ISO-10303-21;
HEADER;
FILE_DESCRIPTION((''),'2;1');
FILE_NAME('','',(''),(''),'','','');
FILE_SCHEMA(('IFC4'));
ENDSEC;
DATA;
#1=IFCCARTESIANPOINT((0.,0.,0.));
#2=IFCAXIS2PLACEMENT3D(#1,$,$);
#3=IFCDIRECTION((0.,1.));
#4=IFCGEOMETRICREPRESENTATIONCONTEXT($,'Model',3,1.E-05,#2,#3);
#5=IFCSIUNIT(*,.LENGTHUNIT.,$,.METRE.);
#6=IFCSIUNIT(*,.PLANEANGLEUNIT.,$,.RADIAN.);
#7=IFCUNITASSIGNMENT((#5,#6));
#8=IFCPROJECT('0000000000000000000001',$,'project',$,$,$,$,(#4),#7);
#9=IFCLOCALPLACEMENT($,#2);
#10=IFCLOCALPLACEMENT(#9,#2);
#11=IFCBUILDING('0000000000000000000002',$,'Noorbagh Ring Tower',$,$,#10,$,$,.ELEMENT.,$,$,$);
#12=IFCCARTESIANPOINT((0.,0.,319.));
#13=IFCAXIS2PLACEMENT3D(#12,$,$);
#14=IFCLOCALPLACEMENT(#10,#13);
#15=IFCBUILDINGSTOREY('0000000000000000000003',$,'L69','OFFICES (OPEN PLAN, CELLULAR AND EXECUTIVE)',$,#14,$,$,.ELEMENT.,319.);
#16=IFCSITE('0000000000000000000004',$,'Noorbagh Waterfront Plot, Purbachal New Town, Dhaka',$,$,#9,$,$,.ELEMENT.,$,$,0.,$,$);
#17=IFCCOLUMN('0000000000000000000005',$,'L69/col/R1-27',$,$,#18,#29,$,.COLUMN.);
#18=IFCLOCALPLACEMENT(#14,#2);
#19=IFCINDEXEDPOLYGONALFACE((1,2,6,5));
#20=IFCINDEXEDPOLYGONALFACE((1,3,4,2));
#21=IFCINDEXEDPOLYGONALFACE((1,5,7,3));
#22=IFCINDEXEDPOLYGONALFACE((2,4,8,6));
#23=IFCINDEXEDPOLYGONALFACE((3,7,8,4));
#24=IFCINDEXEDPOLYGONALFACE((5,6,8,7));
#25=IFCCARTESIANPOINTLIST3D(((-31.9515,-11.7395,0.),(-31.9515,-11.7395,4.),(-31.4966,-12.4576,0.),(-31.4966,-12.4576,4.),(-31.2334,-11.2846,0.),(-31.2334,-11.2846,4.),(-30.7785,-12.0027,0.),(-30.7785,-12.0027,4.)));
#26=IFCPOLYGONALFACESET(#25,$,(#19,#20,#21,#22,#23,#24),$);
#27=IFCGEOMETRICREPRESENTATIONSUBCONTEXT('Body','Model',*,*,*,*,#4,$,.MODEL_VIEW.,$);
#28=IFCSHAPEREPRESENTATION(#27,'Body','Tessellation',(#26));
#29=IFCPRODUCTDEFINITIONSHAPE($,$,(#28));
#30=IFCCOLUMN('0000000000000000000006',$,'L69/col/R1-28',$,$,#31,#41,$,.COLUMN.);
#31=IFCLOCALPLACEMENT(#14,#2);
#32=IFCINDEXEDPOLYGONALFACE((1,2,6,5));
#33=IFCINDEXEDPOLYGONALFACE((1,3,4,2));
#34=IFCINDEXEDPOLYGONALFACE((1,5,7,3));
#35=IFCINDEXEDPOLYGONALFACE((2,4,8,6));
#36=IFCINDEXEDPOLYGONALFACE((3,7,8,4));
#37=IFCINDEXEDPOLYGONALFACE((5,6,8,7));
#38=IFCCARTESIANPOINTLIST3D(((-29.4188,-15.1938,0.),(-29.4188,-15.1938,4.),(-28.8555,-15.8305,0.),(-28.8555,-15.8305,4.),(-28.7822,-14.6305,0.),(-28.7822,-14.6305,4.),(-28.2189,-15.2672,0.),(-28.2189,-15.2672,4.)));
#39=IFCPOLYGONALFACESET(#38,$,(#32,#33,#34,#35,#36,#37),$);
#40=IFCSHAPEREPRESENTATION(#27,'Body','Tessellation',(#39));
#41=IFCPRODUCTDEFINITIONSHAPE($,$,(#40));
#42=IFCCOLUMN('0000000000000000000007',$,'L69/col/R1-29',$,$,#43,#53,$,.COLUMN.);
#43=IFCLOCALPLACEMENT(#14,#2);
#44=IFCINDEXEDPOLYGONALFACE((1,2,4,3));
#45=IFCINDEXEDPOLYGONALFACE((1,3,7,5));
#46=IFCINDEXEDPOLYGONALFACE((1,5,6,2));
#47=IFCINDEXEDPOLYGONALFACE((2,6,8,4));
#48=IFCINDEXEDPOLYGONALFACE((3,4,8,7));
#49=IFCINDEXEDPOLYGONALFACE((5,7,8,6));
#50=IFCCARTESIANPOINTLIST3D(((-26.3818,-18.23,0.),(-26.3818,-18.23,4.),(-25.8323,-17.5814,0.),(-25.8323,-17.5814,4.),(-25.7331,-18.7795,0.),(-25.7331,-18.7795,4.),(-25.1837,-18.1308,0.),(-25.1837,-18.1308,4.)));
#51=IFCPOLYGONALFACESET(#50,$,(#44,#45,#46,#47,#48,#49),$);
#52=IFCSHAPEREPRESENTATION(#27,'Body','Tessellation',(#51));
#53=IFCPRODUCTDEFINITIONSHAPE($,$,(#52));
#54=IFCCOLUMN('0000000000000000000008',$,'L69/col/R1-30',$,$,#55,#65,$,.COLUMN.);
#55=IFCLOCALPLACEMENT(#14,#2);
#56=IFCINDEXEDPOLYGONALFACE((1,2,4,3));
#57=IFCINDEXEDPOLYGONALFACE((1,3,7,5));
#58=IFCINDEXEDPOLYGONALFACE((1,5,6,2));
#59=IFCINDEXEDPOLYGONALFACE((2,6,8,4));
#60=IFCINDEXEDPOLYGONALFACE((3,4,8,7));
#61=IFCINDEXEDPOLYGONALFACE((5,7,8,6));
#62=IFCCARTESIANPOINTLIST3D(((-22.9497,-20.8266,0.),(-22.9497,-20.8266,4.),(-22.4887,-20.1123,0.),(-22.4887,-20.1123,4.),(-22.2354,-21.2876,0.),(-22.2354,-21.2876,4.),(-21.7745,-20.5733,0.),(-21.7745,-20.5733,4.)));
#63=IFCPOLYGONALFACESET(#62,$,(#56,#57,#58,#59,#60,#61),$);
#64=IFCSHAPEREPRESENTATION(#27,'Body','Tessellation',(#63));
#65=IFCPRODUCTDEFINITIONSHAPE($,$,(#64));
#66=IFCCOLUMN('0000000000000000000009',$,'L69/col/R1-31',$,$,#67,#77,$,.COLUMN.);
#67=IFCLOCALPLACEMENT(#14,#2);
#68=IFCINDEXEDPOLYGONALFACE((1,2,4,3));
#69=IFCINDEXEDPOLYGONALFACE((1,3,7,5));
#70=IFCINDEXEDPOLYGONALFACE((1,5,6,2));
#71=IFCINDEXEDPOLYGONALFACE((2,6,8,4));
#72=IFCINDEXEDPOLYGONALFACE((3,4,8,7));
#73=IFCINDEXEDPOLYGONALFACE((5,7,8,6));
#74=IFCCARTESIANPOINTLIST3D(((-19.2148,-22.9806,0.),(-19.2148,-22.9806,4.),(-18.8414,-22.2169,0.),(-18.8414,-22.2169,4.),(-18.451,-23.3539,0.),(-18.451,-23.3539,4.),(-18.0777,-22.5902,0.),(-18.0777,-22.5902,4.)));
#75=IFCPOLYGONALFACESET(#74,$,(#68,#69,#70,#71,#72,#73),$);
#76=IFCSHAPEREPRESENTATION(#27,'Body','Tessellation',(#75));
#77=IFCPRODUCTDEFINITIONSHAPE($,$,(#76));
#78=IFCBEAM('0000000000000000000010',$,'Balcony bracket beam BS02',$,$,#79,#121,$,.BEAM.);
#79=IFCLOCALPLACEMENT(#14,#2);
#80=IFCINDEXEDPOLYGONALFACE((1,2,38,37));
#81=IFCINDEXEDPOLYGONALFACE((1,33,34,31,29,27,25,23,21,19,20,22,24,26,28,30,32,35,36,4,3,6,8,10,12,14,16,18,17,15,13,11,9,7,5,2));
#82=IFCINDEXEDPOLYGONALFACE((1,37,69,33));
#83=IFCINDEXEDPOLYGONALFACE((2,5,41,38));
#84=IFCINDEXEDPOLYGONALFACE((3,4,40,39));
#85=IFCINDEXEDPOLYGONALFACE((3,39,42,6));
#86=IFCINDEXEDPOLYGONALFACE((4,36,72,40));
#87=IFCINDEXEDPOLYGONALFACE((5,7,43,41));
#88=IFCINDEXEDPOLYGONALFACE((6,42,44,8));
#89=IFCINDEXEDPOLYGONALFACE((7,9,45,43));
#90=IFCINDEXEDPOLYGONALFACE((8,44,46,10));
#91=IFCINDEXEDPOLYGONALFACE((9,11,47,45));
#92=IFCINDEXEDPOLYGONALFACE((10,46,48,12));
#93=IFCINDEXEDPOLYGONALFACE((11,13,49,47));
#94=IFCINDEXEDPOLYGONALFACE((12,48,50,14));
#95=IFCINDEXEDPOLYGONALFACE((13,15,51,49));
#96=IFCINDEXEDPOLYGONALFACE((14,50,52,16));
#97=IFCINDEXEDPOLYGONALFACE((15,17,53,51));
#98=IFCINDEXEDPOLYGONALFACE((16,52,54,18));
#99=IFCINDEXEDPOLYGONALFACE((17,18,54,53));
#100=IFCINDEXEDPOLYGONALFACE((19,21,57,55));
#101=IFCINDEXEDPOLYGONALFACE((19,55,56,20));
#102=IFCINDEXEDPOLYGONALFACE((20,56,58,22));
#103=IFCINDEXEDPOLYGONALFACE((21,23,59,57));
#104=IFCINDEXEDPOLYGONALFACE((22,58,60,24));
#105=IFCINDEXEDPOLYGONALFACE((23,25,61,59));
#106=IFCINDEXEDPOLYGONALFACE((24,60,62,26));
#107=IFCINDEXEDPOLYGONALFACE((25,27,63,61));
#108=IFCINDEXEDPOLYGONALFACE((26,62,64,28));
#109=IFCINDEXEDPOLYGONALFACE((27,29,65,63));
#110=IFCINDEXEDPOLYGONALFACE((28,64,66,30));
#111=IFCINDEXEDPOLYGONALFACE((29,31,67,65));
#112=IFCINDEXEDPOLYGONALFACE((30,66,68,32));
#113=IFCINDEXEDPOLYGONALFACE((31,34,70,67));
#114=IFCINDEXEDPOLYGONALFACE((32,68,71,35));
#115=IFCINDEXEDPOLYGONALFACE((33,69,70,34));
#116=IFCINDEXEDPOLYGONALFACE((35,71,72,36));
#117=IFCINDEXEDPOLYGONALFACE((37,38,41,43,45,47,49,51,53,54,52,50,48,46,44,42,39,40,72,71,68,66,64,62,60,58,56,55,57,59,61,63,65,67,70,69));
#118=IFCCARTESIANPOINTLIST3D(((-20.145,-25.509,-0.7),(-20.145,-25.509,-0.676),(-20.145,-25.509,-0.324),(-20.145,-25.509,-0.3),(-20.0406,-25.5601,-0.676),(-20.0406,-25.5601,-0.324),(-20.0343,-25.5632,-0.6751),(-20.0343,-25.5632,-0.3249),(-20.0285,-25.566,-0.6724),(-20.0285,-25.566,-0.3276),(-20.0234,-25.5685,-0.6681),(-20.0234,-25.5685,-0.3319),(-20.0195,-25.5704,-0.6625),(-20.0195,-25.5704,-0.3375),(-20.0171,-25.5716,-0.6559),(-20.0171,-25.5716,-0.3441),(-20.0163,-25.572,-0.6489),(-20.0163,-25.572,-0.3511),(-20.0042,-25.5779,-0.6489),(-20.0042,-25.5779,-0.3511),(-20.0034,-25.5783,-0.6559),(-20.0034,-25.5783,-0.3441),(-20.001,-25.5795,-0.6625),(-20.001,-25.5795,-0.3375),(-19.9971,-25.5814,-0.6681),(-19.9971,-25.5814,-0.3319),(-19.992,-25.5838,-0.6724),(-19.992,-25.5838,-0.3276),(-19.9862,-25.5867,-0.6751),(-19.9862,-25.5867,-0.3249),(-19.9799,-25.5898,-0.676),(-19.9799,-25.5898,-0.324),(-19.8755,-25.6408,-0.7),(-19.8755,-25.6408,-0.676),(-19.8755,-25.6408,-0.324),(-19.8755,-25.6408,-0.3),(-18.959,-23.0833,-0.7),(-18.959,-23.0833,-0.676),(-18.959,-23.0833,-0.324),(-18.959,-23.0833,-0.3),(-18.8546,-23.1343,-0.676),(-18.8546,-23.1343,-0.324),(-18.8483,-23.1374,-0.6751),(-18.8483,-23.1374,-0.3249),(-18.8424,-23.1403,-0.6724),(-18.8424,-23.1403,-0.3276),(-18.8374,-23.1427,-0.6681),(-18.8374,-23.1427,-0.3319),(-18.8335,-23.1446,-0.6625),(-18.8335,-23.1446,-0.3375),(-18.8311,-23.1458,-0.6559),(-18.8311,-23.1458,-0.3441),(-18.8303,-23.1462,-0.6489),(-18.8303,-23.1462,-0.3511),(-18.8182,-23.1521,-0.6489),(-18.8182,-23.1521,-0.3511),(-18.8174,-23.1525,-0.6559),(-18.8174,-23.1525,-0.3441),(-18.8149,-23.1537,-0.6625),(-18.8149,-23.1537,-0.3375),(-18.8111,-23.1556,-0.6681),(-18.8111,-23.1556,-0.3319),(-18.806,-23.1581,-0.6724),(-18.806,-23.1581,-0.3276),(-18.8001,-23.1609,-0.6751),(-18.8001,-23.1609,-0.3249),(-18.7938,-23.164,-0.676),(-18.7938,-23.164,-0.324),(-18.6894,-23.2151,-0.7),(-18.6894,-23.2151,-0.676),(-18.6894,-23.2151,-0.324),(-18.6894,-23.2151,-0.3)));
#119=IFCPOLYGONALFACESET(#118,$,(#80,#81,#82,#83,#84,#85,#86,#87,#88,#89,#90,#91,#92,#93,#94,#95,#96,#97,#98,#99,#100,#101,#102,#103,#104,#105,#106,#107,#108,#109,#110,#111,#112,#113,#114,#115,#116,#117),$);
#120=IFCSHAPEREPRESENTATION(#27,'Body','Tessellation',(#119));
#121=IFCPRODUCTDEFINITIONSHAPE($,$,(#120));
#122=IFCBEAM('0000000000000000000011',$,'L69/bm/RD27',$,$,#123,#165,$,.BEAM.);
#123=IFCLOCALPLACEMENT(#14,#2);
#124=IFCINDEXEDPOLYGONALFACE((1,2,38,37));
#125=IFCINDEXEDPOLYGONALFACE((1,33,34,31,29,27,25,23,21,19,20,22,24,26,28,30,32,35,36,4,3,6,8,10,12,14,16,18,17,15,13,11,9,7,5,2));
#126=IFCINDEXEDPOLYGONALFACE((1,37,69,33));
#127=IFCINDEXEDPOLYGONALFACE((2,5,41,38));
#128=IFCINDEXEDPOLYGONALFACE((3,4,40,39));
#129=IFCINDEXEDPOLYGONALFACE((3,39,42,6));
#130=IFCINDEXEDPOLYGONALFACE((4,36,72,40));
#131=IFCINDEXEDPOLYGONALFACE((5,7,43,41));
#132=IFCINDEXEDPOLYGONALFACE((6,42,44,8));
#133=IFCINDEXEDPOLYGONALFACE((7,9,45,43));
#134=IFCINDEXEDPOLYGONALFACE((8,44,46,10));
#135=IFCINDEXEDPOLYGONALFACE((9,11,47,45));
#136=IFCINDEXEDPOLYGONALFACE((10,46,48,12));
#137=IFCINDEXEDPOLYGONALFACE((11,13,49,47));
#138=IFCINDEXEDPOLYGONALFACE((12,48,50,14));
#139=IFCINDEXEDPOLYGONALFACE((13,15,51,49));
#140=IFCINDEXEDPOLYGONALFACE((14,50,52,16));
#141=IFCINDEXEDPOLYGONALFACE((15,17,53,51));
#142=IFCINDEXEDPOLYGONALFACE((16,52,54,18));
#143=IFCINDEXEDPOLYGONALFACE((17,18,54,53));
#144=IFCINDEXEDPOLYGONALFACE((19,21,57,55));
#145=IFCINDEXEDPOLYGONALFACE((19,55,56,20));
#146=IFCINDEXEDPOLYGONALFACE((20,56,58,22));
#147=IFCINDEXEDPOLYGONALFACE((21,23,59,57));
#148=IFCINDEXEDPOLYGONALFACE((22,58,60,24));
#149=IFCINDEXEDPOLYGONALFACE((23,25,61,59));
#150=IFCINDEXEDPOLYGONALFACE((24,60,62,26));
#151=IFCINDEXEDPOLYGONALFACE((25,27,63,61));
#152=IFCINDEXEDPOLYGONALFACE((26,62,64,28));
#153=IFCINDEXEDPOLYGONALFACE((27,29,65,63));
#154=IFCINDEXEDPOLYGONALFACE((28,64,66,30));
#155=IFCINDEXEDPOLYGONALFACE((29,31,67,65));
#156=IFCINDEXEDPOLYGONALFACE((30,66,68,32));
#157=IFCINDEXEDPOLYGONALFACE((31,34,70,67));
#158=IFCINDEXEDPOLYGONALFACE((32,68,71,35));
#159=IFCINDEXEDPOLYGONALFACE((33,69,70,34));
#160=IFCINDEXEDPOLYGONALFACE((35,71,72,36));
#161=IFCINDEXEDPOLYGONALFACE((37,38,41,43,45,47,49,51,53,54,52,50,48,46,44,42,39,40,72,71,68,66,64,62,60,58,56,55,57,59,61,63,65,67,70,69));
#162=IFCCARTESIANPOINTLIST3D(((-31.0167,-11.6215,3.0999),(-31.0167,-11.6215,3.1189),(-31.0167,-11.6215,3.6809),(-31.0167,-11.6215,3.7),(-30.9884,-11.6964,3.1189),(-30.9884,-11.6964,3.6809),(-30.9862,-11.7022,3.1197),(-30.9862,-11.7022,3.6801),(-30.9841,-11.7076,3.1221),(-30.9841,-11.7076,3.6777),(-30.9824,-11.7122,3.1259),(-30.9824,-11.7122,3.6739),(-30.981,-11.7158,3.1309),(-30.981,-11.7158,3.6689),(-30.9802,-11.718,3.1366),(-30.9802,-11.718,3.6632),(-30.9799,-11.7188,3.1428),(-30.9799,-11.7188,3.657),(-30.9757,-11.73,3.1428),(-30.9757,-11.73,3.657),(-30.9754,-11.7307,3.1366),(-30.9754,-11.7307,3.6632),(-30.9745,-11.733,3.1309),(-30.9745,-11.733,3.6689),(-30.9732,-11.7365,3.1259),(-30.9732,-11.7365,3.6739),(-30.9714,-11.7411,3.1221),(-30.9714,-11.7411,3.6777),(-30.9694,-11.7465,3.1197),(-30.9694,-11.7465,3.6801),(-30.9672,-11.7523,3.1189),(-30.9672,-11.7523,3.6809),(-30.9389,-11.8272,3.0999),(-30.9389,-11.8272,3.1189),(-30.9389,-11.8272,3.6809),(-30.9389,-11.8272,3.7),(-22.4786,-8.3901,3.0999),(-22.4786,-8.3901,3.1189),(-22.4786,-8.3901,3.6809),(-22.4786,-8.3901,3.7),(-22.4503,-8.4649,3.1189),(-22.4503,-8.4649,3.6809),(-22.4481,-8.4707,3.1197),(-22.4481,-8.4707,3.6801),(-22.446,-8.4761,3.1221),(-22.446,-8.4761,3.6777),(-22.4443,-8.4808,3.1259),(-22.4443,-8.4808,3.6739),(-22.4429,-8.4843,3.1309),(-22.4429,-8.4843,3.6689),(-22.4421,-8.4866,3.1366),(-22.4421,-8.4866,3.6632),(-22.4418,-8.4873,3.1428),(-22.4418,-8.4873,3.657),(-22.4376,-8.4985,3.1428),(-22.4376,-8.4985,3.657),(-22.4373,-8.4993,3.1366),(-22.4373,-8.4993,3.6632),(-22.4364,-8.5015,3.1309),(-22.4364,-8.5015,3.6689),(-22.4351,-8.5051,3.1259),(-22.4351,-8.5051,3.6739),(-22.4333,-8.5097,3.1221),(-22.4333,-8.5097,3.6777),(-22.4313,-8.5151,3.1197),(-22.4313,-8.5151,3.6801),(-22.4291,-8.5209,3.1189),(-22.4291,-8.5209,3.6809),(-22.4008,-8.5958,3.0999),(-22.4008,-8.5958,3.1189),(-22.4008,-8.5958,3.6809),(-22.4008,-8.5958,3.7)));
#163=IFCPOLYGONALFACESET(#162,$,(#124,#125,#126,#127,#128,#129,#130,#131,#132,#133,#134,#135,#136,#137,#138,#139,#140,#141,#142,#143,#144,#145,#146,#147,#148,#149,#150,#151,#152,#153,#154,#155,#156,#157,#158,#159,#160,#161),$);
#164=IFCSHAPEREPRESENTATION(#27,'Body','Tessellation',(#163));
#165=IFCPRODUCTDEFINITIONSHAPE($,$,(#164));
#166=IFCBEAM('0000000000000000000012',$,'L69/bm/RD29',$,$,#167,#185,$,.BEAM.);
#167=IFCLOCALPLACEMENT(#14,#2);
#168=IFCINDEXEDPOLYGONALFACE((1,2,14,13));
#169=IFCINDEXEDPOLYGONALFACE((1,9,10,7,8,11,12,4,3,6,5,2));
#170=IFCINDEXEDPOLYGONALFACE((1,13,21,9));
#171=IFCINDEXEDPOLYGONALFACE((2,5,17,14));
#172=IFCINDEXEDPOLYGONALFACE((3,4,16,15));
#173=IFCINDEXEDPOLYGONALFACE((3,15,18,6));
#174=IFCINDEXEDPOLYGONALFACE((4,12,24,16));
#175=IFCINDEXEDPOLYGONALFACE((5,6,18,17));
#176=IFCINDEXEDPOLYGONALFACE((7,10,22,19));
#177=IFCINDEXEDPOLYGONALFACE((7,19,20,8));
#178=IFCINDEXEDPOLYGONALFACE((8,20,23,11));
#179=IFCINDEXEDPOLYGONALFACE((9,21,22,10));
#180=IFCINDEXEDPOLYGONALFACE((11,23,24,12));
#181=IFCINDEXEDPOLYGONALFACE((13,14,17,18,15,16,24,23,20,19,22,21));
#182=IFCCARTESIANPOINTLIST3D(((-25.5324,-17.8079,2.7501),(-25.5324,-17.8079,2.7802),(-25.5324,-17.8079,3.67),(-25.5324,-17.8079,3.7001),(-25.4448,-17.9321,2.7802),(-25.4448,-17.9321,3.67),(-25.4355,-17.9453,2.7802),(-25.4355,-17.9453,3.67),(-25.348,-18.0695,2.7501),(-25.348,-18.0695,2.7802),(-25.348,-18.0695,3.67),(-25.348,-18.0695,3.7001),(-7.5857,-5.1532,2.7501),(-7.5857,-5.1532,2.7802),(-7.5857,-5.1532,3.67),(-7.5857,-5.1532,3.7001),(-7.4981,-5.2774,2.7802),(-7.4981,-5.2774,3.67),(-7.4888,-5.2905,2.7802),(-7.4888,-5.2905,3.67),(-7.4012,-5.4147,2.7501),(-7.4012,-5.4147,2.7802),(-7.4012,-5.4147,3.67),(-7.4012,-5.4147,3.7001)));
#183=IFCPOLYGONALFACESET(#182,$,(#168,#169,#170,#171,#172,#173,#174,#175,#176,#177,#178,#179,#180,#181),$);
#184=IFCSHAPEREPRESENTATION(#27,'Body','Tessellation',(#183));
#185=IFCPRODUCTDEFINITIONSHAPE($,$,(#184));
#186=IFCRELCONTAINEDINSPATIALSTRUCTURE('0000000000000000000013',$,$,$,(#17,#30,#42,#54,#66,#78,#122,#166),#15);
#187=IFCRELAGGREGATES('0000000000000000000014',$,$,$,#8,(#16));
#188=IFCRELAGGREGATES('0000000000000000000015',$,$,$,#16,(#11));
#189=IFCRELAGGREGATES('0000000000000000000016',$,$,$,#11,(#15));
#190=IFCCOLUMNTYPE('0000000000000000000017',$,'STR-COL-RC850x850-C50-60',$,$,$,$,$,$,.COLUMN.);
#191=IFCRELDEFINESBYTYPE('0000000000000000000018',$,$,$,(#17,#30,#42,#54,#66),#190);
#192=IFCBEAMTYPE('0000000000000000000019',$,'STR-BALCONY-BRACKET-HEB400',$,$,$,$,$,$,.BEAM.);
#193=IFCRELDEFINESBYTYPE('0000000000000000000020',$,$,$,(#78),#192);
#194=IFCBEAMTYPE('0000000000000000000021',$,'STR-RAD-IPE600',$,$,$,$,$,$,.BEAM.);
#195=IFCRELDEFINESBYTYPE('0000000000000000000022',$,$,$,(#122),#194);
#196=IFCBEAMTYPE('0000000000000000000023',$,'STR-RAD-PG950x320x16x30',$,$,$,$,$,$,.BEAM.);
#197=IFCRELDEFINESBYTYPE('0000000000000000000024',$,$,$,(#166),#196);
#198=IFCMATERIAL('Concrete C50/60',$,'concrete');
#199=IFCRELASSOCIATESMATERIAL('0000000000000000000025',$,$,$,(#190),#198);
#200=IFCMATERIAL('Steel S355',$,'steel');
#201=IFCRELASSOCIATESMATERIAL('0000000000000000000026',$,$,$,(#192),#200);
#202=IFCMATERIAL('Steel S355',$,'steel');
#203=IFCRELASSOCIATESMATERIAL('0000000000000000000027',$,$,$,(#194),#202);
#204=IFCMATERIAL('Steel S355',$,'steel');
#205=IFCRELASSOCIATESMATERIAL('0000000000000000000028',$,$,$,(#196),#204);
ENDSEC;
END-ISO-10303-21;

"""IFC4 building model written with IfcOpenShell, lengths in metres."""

from ifc_helpers import new_model, si_unit, direction, frame, origin, origin_2d, place, context, subcontext, project, spatial, rectangle, i_section, extrude, material, material_profile, profile_set, type_object, element, save


model = new_model("IFC4")

# Units and contexts
model_context = context("Model", 3, precision=1e-05, world=origin(), true_north=direction((0.0, 1.0)))
body_context = subcontext(model_context, "Body", "Model", "MODEL_VIEW")
ifc_project = project(units=[si_unit("LENGTHUNIT", "METRE"), si_unit("PLANEANGLEUNIT", "RADIAN")], contexts=[model_context])

# Site, building, storey
site_placement = place(None, origin())
site = spatial("IfcSite", under=ifc_project, at=site_placement, Name="Noorbagh Waterfront Plot, Purbachal New Town, Dhaka", CompositionType="ELEMENT", RefElevation=0.0)
building_placement = place(site_placement, origin())
building = spatial("IfcBuilding", under=site, at=building_placement, Name="Noorbagh Ring Tower", CompositionType="ELEMENT")
storey_placement = place(building_placement, frame((0.0, 0.0, 319.0)))
storey = spatial("IfcBuildingStorey", under=building, at=storey_placement, Name="L69", Description="OFFICES (OPEN PLAN, CELLULAR AND EXECUTIVE)", CompositionType="ELEMENT", Elevation=319.0)

# Columns
ifc_material_1 = material(Name="Concrete C50/60", Category="concrete")
ifc_material_profile_1 = material_profile(ifc_material_1, rectangle(XDim=0.8501, YDim=0.8501, at=origin_2d()), Name="RC850x850")
ifc_profile_set_1 = profile_set([ifc_material_profile_1], Name="Concrete C50/60")
column_type = type_object("IfcColumnType", Name="STR-COL-RC850x850-C50-60", PredefinedType="COLUMN", material=ifc_profile_set_1)
for number, where, z_axis, x_axis, name in (
    (1, (-31.365, -11.8711, 0.0), (0.0, 0.0, 1.0), (0.53519, -0.844731, 0.0), "L69/col/R1-27"),
    (2, (-28.8188, -15.2305, 0.0), (0.0, 0.0, 1.0), (0.662636, -0.748942, 0.0), "L69/col/R1-28"),
    (3, (-25.7827, -18.1804, 0.0), (0.0, 0.0, 1.0), (0.763035, -0.646357, 0.0), "L69/col/R1-29"),
    (4, (-22.3621, -20.7, 0.0), (0.0, 0.0, 1.0), (0.840248, -0.542203, 0.0), "L69/col/R1-30"),
    (5, (-18.6462, -22.7854, 0.0), (0.0, 0.0, 1.0), (0.898399, -0.43918, 0.0), "L69/col/R1-31"),
):
    element("IfcColumn", number, at=place(storey_placement, frame(where, z_axis=z_axis, x_axis=x_axis)), inside=storey, type_object=column_type, Name=name, PredefinedType="COLUMN", context=body_context, shape_type="SweptSolid", body=[
        extrude(rectangle(XDim=0.8501, YDim=0.8501, at=origin_2d()), origin(), (0.0, 0.0, 1.0), 4.0),
    ])

# Beams
ifc_material_2 = material(Name="Steel S355", Category="steel")
ifc_material_profile_2 = material_profile(ifc_material_2, i_section(OverallWidth=0.3, OverallDepth=0.3999, WebThickness=0.0134, FlangeThickness=0.0239, FilletRadius=0.0271, at=origin_2d()), Name="HEB400")
ifc_profile_set_2 = profile_set([ifc_material_profile_2], Name="Steel S355")
beam_type_1 = type_object("IfcBeamType", Name="STR-BALCONY-BRACKET-HEB400", PredefinedType="BEAM", material=ifc_profile_set_2)
beam_1_placement = place(storey_placement, frame((-18.8242, -23.1492, -0.5), z_axis=(-0.439239, -0.89837, 0.0), x_axis=(0.89837, -0.439239, 0.0)))
element("IfcBeam", 6, at=beam_1_placement, inside=storey, type_object=beam_type_1, Name="Balcony bracket beam BS02", PredefinedType="BEAM", context=body_context, shape_type="SweptSolid", body=[
    extrude(i_section(OverallWidth=0.3, OverallDepth=0.3999, WebThickness=0.0134, FlangeThickness=0.0239, FilletRadius=0.0271, at=origin_2d()), origin(), (0.0, 0.0, 1.0), 2.7002),
])
ifc_material_3 = material(Name="Steel S355", Category="steel")
ifc_material_profile_3 = material_profile(ifc_material_3, i_section(OverallWidth=0.22, OverallDepth=0.6001, WebThickness=0.012, FlangeThickness=0.019, FilletRadius=0.0239, at=origin_2d()), Name="IPE600")
ifc_profile_set_3 = profile_set([ifc_material_profile_3], Name="Steel S355")
beam_type_2 = type_object("IfcBeamType", Name="STR-RAD-IPE600", PredefinedType="BEAM", material=ifc_profile_set_3)
beam_2_placement = place(storey_placement, frame((-30.9778, -11.7244, 3.3999), z_axis=(0.935257, 0.35397, 0.0), x_axis=(-0.35397, 0.935257, 0.0)))
element("IfcBeam", 7, at=beam_2_placement, inside=storey, type_object=beam_type_2, Name="L69/bm/RD27", PredefinedType="BEAM", context=body_context, shape_type="SweptSolid", body=[
    extrude(i_section(OverallWidth=0.22, OverallDepth=0.6001, WebThickness=0.012, FlangeThickness=0.019, FilletRadius=0.0239, at=origin_2d()), origin(), (0.0, 0.0, 1.0), 9.1292),
])
ifc_material_4 = material(Name="Steel S355", Category="steel")
ifc_material_profile_4 = material_profile(ifc_material_4, i_section(OverallWidth=0.3201, OverallDepth=0.95, WebThickness=0.0161, FlangeThickness=0.03, at=origin_2d()), Name="PG950x320x16x30")
ifc_profile_set_4 = profile_set([ifc_material_profile_4], Name="Steel S355")
beam_type_3 = type_object("IfcBeamType", Name="STR-RAD-PG950x320x16x30", PredefinedType="BEAM", material=ifc_profile_set_4)
beam_3_placement = place(storey_placement, frame((-25.4402, -17.9387, 3.2251), z_axis=(0.817258, 0.576272, 0.0), x_axis=(-0.576272, 0.817258, 0.0)))
element("IfcBeam", 8, at=beam_3_placement, inside=storey, type_object=beam_type_3, Name="L69/bm/RD29", PredefinedType="BEAM", context=body_context, shape_type="SweptSolid", body=[
    extrude(i_section(OverallWidth=0.3201, OverallDepth=0.95, WebThickness=0.0161, FlangeThickness=0.03, at=origin_2d()), origin(), (0.0, 0.0, 1.0), 21.9597),
])

save(model, "model.ifc")
